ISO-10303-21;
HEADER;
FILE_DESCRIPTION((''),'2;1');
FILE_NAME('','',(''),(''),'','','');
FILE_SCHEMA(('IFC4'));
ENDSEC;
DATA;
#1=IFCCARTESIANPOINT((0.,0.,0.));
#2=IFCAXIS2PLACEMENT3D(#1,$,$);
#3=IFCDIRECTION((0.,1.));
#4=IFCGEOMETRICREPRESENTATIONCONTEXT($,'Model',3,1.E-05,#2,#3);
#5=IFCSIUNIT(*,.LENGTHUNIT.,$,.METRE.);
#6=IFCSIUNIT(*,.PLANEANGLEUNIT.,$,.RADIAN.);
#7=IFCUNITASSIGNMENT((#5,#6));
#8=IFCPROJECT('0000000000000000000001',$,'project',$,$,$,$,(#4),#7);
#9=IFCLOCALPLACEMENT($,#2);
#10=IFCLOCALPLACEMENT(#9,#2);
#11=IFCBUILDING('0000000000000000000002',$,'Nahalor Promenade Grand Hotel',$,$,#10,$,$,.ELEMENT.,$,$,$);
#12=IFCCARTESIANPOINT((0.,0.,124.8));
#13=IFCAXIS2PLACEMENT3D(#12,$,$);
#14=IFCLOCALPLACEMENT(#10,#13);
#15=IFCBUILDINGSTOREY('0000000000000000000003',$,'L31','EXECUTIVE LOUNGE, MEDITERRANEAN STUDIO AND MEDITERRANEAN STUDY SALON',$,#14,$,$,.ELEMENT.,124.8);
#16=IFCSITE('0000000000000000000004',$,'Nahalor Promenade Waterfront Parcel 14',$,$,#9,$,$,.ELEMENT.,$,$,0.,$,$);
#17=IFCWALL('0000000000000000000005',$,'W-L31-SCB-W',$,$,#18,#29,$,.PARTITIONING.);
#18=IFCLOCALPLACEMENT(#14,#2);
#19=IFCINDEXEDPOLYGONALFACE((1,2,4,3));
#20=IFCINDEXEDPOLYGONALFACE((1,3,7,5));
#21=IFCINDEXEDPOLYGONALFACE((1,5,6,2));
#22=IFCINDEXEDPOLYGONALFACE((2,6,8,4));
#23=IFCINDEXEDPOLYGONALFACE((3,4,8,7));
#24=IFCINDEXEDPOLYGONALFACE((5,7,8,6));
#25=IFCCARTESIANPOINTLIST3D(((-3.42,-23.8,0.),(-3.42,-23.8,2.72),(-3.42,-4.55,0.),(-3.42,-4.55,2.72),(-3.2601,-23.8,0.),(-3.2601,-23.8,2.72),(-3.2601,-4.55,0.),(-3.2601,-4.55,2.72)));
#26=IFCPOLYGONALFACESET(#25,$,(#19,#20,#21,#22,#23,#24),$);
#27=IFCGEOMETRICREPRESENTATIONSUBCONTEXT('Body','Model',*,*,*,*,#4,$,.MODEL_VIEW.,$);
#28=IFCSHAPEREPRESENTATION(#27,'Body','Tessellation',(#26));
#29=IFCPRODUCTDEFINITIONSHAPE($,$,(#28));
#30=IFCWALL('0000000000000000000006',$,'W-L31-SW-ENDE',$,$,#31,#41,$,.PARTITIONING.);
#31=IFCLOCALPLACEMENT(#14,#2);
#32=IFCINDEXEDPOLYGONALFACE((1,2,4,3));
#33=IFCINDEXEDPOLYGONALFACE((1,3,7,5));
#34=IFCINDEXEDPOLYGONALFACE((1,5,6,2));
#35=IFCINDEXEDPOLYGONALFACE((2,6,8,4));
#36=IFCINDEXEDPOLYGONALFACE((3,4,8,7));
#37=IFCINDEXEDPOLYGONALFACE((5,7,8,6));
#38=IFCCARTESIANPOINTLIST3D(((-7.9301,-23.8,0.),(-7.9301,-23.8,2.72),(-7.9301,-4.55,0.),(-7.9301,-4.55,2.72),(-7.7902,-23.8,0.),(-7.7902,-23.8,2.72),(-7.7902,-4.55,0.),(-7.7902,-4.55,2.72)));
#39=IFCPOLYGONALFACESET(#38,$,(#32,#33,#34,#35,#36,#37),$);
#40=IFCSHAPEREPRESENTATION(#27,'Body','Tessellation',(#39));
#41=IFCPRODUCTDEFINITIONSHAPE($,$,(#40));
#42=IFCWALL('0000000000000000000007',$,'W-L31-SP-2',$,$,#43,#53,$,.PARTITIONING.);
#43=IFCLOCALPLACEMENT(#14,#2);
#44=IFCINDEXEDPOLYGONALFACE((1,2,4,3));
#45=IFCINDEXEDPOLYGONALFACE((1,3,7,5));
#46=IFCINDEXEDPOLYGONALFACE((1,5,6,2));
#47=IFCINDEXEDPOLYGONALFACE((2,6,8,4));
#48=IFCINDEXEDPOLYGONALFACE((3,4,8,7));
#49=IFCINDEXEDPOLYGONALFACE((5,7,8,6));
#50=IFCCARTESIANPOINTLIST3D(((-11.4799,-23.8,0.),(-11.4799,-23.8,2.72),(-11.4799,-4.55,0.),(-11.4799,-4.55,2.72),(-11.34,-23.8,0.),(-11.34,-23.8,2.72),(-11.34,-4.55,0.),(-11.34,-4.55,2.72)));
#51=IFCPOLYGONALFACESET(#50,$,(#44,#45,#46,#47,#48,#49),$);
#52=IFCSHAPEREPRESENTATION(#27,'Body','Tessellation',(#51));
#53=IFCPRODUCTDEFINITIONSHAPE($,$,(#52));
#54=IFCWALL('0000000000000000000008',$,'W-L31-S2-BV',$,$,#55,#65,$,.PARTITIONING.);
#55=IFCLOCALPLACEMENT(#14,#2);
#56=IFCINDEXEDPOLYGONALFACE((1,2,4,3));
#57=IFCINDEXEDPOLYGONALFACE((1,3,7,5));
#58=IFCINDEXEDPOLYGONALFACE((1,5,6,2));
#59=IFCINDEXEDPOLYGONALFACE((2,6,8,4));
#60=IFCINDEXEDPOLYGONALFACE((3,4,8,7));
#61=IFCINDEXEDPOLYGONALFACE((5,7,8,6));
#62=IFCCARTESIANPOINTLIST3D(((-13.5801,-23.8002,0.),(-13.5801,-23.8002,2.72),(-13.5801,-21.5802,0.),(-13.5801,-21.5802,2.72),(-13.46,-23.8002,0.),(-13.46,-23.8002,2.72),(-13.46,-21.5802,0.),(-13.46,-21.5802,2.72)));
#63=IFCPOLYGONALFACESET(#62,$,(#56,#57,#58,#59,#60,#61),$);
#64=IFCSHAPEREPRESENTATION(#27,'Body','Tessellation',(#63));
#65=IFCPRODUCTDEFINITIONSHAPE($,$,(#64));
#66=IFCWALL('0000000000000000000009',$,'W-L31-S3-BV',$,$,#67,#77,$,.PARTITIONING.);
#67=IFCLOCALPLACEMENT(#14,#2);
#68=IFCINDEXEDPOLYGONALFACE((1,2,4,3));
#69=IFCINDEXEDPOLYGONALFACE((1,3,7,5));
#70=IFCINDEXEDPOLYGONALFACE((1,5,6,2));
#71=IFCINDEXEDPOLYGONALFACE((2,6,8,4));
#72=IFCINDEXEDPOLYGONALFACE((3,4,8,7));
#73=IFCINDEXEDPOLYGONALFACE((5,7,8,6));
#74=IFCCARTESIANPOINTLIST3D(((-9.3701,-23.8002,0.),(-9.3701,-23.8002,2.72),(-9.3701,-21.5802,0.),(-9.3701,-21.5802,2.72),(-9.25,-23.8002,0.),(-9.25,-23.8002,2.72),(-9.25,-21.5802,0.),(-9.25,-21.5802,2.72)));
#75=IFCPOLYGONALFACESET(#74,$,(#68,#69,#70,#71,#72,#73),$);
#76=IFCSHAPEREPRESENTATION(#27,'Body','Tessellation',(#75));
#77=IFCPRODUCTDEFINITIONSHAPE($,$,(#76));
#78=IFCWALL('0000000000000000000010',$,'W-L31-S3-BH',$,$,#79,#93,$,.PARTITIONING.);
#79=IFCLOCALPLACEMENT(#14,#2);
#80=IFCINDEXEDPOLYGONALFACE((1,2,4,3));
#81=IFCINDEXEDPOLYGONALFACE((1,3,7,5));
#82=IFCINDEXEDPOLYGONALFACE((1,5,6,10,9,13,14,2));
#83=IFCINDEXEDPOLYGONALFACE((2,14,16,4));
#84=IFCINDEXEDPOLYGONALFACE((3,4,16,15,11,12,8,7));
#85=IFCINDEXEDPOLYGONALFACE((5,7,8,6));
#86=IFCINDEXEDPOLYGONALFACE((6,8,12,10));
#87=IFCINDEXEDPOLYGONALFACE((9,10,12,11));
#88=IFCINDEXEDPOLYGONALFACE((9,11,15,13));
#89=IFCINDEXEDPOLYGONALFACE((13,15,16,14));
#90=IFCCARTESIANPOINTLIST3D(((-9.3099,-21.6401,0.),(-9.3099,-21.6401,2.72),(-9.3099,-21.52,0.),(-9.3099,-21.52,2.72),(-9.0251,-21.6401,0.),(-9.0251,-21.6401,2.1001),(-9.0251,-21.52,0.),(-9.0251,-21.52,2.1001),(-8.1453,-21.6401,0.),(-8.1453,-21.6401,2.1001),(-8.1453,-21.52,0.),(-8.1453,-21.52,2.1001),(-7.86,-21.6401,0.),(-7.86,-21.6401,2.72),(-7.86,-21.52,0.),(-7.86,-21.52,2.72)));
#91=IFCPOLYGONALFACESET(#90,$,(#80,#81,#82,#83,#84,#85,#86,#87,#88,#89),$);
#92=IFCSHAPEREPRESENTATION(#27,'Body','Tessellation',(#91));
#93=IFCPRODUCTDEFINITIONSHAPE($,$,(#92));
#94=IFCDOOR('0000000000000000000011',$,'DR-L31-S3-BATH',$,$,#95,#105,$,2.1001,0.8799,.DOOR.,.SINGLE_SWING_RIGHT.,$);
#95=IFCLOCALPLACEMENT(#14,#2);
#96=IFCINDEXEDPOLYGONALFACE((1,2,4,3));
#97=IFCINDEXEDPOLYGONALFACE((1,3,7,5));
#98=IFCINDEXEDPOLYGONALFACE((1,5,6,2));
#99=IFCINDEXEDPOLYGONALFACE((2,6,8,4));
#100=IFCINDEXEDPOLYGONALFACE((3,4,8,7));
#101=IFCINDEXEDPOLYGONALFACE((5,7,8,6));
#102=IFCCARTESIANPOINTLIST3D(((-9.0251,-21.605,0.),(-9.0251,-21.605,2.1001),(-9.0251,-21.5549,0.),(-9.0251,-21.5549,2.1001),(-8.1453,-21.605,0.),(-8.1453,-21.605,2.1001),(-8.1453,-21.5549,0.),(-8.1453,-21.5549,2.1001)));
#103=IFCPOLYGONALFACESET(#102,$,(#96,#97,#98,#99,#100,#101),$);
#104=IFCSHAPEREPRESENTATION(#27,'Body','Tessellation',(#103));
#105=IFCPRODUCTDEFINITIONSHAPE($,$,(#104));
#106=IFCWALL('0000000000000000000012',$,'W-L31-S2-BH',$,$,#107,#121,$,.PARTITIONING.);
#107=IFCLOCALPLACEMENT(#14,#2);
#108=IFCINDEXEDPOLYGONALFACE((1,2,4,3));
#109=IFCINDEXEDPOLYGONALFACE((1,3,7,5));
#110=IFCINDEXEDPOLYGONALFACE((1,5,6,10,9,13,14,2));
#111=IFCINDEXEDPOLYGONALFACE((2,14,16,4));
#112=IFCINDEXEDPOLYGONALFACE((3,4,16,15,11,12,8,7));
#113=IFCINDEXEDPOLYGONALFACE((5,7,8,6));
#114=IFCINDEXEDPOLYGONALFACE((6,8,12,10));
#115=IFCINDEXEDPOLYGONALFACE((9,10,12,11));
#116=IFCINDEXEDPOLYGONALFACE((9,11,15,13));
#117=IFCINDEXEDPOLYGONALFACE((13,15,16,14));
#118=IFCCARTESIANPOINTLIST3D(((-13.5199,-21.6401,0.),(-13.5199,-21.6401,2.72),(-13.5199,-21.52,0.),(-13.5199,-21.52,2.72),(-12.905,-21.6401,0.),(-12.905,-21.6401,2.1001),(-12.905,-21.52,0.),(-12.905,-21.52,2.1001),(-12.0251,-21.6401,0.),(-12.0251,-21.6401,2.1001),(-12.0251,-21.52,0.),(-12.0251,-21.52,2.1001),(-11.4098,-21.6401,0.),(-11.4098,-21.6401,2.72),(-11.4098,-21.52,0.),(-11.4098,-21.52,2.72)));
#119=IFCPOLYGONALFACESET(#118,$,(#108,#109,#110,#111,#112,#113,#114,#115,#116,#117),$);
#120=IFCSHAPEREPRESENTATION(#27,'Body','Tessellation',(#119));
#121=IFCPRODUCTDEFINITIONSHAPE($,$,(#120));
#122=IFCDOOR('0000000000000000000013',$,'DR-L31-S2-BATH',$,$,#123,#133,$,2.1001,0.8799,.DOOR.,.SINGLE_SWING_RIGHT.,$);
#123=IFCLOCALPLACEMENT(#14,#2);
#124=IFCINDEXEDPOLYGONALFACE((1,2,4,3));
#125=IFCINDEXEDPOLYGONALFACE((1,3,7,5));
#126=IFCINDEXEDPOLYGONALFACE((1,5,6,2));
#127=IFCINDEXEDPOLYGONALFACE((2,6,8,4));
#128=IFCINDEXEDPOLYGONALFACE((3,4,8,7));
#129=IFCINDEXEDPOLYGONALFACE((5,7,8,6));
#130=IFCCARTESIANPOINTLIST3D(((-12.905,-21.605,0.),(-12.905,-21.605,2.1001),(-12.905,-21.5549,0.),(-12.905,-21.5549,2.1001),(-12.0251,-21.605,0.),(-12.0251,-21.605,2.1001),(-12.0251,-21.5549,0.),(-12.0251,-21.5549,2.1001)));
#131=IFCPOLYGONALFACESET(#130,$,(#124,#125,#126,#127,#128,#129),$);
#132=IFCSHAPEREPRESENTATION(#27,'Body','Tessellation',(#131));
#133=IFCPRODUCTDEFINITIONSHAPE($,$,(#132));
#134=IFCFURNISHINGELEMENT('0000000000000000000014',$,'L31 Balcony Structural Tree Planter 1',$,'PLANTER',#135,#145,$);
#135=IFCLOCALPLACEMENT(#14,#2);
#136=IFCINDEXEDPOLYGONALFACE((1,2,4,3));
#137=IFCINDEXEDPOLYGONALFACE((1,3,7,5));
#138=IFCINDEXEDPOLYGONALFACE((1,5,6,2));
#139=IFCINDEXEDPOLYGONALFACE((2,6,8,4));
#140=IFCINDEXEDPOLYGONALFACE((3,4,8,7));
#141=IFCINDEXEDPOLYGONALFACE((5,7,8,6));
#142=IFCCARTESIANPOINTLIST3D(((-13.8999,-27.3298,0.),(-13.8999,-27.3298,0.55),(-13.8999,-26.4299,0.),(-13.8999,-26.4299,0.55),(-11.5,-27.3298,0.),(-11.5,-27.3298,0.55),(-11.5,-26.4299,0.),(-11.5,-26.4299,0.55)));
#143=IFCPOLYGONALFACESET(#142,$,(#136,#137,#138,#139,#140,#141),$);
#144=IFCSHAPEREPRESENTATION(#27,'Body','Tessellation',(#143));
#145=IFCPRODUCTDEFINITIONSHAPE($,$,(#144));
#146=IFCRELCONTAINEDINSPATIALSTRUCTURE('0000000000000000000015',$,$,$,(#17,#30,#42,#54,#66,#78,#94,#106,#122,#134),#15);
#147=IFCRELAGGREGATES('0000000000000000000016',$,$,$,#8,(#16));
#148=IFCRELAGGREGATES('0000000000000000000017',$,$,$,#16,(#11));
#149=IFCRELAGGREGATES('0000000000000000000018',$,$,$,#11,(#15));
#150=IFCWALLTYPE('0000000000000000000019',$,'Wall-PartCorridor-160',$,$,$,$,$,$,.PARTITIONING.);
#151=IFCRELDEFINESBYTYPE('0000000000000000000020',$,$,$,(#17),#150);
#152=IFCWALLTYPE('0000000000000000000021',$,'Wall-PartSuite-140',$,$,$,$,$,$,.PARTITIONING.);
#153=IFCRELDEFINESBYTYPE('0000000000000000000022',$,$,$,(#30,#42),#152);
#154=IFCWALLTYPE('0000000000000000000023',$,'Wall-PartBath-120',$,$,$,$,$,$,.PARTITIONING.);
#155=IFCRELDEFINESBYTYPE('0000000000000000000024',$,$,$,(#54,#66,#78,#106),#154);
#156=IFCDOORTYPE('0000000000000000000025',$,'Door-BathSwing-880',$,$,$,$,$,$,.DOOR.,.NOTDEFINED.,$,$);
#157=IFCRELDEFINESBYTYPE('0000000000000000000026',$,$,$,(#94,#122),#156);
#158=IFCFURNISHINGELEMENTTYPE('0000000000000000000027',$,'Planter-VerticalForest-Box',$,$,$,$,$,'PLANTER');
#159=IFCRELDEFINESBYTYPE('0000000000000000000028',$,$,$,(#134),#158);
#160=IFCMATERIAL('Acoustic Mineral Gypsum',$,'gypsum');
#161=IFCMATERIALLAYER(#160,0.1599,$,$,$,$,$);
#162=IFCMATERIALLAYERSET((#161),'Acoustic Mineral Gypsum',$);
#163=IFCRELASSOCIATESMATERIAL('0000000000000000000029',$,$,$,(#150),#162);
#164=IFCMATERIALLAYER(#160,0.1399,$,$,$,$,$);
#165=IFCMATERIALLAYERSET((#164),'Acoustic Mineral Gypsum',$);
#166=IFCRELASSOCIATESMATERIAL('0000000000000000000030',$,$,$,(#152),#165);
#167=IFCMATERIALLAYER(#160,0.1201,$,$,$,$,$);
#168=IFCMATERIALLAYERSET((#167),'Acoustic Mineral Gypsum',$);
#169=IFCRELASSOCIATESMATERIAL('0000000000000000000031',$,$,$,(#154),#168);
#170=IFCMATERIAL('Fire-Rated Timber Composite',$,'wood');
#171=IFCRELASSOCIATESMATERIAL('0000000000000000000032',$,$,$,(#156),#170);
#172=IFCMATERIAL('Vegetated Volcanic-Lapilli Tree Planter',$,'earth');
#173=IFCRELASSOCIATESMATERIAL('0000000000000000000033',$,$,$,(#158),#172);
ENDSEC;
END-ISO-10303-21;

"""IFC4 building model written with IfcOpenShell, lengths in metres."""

from ifc_helpers import new_model, si_unit, direction, frame, frame_2d, origin, origin_2d, place, context, subcontext, project, spatial, rectangle, extrude, source, transform, mapped, material, layer, layer_set, type_object, element, fill, save


model = new_model("IFC4")

# Units and contexts
model_context = context("Model", 3, precision=1e-05, world=origin(), true_north=direction((0.0, 1.0)))
body_context = subcontext(model_context, "Body", "Model", "MODEL_VIEW")
ifc_project = project(units=[si_unit("LENGTHUNIT", "METRE"), si_unit("PLANEANGLEUNIT", "RADIAN")], contexts=[model_context])

# Site, building, storey
site_placement = place(None, origin())
site = spatial("IfcSite", under=ifc_project, at=site_placement, Name="Nahalor Promenade Waterfront Parcel 14", CompositionType="ELEMENT", RefElevation=0.0)
building_placement = place(site_placement, origin())
building = spatial("IfcBuilding", under=site, at=building_placement, Name="Nahalor Promenade Grand Hotel", CompositionType="ELEMENT")
storey_placement = place(building_placement, frame((0.0, 0.0, 124.8)))
storey = spatial("IfcBuildingStorey", under=building, at=storey_placement, Name="L31", Description="EXECUTIVE LOUNGE, MEDITERRANEAN STUDIO AND MEDITERRANEAN STUDY SALON", CompositionType="ELEMENT", Elevation=124.8)

# Walls
ifc_material_1 = material(Name="Acoustic Mineral Gypsum", Category="gypsum")
ifc_layer_1 = layer(ifc_material_1, 0.1599)
ifc_layer_set_1 = layer_set([ifc_layer_1], Name="Acoustic Mineral Gypsum")
wall_type_1 = type_object("IfcWallType", Name="Wall-PartCorridor-160", PredefinedType="PARTITIONING", material=ifc_layer_set_1)
shared_shape_1 = source(origin(), body_context, "Body", "SweptSolid", [
    extrude(rectangle(XDim=19.25, YDim=0.1599, at=frame_2d((9.625, 0.0))), origin(), (0.0, 0.0, 1.0), 2.72),
])
wall_1_placement = place(storey_placement, frame((-3.3401, -23.8, 0.0), z_axis=(0.0, 0.0, 1.0), x_axis=(0.0, 1.0, 0.0)))
element("IfcWall", 1, at=wall_1_placement, inside=storey, type_object=wall_type_1, Name="W-L31-SCB-W", PredefinedType="PARTITIONING", context=body_context, shape_type="MappedRepresentation", body=[
    mapped(shared_shape_1, transform((0.0, 0.0, 0.0), scale=1.0)),
])
ifc_layer_2 = layer(ifc_material_1, 0.1399)
ifc_layer_set_2 = layer_set([ifc_layer_2], Name="Acoustic Mineral Gypsum")
wall_type_2 = type_object("IfcWallType", Name="Wall-PartSuite-140", PredefinedType="PARTITIONING", material=ifc_layer_set_2)
shared_shape_2 = source(origin(), body_context, "Body", "SweptSolid", [
    extrude(rectangle(XDim=19.25, YDim=0.1399, at=frame_2d((9.625, 0.0))), origin(), (0.0, 0.0, 1.0), 2.72),
])
for number, where, z_axis, x_axis, name in (
    (2, (-7.8601, -23.8, 0.0), (0.0, 0.0, 1.0), (0.0, 1.0, 0.0), "W-L31-SW-ENDE"),
    (3, (-11.4099, -23.8, 0.0), (0.0, 0.0, 1.0), (0.0, 1.0, 0.0), "W-L31-SP-2"),
):
    element("IfcWall", number, at=place(storey_placement, frame(where, z_axis=z_axis, x_axis=x_axis)), inside=storey, type_object=wall_type_2, Name=name, PredefinedType="PARTITIONING", context=body_context, shape_type="MappedRepresentation", body=[
        mapped(shared_shape_2, transform((0.0, 0.0, 0.0), scale=1.0)),
    ])
ifc_layer_3 = layer(ifc_material_1, 0.1201)
ifc_layer_set_3 = layer_set([ifc_layer_3], Name="Acoustic Mineral Gypsum")
wall_type_3 = type_object("IfcWallType", Name="Wall-PartBath-120", PredefinedType="PARTITIONING", material=ifc_layer_set_3)
shared_shape_3 = source(origin(), body_context, "Body", "SweptSolid", [
    extrude(rectangle(XDim=2.22, YDim=0.1201, at=frame_2d((1.1099, 0.0))), origin(), (0.0, 0.0, 1.0), 2.72),
])
for number, where, z_axis, x_axis, name in (
    (4, (-13.52, -23.8, 0.0), (0.0, 0.0, 1.0), (0.0, 1.0, 0.0), "W-L31-S2-BV"),
    (5, (-9.3101, -23.8, 0.0), (0.0, 0.0, 1.0), (0.0, 1.0, 0.0), "W-L31-S3-BV"),
):
    element("IfcWall", number, at=place(storey_placement, frame(where, z_axis=z_axis, x_axis=x_axis)), inside=storey, type_object=wall_type_3, Name=name, PredefinedType="PARTITIONING", context=body_context, shape_type="MappedRepresentation", body=[
        mapped(shared_shape_3, transform((0.0, 0.0, 0.0), scale=1.0)),
    ])

# Walls, openings, doors
shared_shape_4 = source(origin(), body_context, "Body", "SweptSolid", [
    extrude(rectangle(XDim=1.45, YDim=0.1201, at=frame_2d((0.7251, 0.0))), origin(), (0.0, 0.0, 1.0), 2.72),
])
wall_2_placement = place(storey_placement, frame((-9.3101, -21.5801, 0.0), z_axis=(0.0, 0.0, 1.0), x_axis=(1.0, 0.0, 0.0)))
wall_2 = element("IfcWall", 6, at=wall_2_placement, inside=storey, type_object=wall_type_3, Name="W-L31-S3-BH", PredefinedType="PARTITIONING", context=body_context, shape_type="MappedRepresentation", body=[
    mapped(shared_shape_4, transform((0.0, 0.0, 0.0), scale=1.0)),
])
opening_1_placement = place(wall_2_placement, frame((0.2849, 0.0, 0.0)))
opening_1 = element("IfcOpeningElement", 7, at=opening_1_placement, cuts=wall_2, PredefinedType="OPENING", context=body_context, shape_type="SweptSolid", body=[
    extrude(rectangle(XDim=0.8799, YDim=2.1001, at=frame_2d((0.4399, 1.05))), frame((0.0, 0.0701, 0.0), z_axis=(0.0, -1.0, 0.0), x_axis=(1.0, 0.0, 0.0)), (0.0, 0.0, 1.0), 0.1401),
])
ifc_material_2 = material(Name="Fire-Rated Timber Composite", Category="wood")
door_type = type_object("IfcDoorType", Name="Door-BathSwing-880", OperationType="NOTDEFINED", PredefinedType="DOOR", material=ifc_material_2)
shared_shape_5 = source(origin(), body_context, "Body", "SweptSolid", [
    extrude(rectangle(XDim=0.8799, YDim=2.1001, at=frame_2d((0.4399, 1.05))), frame((0.0, 0.0249, 0.0), z_axis=(0.0, -1.0, 0.0), x_axis=(1.0, 0.0, 0.0)), (0.0, 0.0, 1.0), 0.05),
])
door_1_placement = place(opening_1_placement, frame((0.8799, 0.0, 0.0), z_axis=(0.0, 0.0, 1.0), x_axis=(-1.0, 0.0, 0.0)))
door_1 = element("IfcDoor", 8, at=door_1_placement, inside=storey, type_object=door_type, Name="DR-L31-S3-BATH", OperationType="SINGLE_SWING_RIGHT", OverallHeight=2.1001, OverallWidth=0.8799, PredefinedType="DOOR", context=body_context, shape_type="MappedRepresentation", body=[
    mapped(shared_shape_5, transform((0.0, 0.0, 0.0), scale=1.0)),
])
fill(opening_1, door_1)
shared_shape_6 = source(origin(), body_context, "Body", "SweptSolid", [
    extrude(rectangle(XDim=2.1101, YDim=0.1201, at=frame_2d((1.0552, 0.0))), origin(), (0.0, 0.0, 1.0), 2.72),
])
wall_3_placement = place(storey_placement, frame((-13.52, -21.5801, 0.0), z_axis=(0.0, 0.0, 1.0), x_axis=(1.0, 0.0, 0.0)))
wall_3 = element("IfcWall", 9, at=wall_3_placement, inside=storey, type_object=wall_type_3, Name="W-L31-S2-BH", PredefinedType="PARTITIONING", context=body_context, shape_type="MappedRepresentation", body=[
    mapped(shared_shape_6, transform((0.0, 0.0, 0.0), scale=1.0)),
])
opening_2_placement = place(wall_3_placement, frame((0.615, 0.0, 0.0)))
opening_2 = element("IfcOpeningElement", 10, at=opening_2_placement, cuts=wall_3, PredefinedType="OPENING", context=body_context, shape_type="SweptSolid", body=[
    extrude(rectangle(XDim=0.8799, YDim=2.1001, at=frame_2d((0.4399, 1.05))), frame((0.0, 0.0701, 0.0), z_axis=(0.0, -1.0, 0.0), x_axis=(1.0, 0.0, 0.0)), (0.0, 0.0, 1.0), 0.1401),
])
door_2_placement = place(opening_2_placement, frame((0.8799, 0.0, 0.0), z_axis=(0.0, 0.0, 1.0), x_axis=(-1.0, 0.0, 0.0)))
door_2 = element("IfcDoor", 11, at=door_2_placement, inside=storey, type_object=door_type, Name="DR-L31-S2-BATH", OperationType="SINGLE_SWING_RIGHT", OverallHeight=2.1001, OverallWidth=0.8799, PredefinedType="DOOR", context=body_context, shape_type="MappedRepresentation", body=[
    mapped(shared_shape_5, transform((0.0, 0.0, 0.0), scale=1.0)),
])
fill(opening_2, door_2)

# Furnishing element
ifc_material_3 = material(Name="Vegetated Volcanic-Lapilli Tree Planter", Category="earth")
furnishing_element_type = type_object("IfcFurnishingElementType", Name="Planter-VerticalForest-Box", ElementType="PLANTER", material=ifc_material_3)
shared_shape_7 = source(origin(), body_context, "Body", "SweptSolid", [
    extrude(rectangle(XDim=2.3999, YDim=0.8999, at=origin_2d()), origin(), (0.0, 0.0, 1.0), 0.55),
])
furnishing_placement = place(storey_placement, frame((-12.7, -26.8799, 0.0), z_axis=(0.0, 0.0, 1.0), x_axis=(1.0, 0.0, 0.0)))
element("IfcFurnishingElement", 12, at=furnishing_placement, inside=storey, type_object=furnishing_element_type, Name="L31 Balcony Structural Tree Planter 1", ObjectType="PLANTER", context=body_context, shape_type="MappedRepresentation", body=[
    mapped(shared_shape_7, transform((0.0, 0.0, 0.0), scale=1.0)),
])

save(model, "model.ifc")
